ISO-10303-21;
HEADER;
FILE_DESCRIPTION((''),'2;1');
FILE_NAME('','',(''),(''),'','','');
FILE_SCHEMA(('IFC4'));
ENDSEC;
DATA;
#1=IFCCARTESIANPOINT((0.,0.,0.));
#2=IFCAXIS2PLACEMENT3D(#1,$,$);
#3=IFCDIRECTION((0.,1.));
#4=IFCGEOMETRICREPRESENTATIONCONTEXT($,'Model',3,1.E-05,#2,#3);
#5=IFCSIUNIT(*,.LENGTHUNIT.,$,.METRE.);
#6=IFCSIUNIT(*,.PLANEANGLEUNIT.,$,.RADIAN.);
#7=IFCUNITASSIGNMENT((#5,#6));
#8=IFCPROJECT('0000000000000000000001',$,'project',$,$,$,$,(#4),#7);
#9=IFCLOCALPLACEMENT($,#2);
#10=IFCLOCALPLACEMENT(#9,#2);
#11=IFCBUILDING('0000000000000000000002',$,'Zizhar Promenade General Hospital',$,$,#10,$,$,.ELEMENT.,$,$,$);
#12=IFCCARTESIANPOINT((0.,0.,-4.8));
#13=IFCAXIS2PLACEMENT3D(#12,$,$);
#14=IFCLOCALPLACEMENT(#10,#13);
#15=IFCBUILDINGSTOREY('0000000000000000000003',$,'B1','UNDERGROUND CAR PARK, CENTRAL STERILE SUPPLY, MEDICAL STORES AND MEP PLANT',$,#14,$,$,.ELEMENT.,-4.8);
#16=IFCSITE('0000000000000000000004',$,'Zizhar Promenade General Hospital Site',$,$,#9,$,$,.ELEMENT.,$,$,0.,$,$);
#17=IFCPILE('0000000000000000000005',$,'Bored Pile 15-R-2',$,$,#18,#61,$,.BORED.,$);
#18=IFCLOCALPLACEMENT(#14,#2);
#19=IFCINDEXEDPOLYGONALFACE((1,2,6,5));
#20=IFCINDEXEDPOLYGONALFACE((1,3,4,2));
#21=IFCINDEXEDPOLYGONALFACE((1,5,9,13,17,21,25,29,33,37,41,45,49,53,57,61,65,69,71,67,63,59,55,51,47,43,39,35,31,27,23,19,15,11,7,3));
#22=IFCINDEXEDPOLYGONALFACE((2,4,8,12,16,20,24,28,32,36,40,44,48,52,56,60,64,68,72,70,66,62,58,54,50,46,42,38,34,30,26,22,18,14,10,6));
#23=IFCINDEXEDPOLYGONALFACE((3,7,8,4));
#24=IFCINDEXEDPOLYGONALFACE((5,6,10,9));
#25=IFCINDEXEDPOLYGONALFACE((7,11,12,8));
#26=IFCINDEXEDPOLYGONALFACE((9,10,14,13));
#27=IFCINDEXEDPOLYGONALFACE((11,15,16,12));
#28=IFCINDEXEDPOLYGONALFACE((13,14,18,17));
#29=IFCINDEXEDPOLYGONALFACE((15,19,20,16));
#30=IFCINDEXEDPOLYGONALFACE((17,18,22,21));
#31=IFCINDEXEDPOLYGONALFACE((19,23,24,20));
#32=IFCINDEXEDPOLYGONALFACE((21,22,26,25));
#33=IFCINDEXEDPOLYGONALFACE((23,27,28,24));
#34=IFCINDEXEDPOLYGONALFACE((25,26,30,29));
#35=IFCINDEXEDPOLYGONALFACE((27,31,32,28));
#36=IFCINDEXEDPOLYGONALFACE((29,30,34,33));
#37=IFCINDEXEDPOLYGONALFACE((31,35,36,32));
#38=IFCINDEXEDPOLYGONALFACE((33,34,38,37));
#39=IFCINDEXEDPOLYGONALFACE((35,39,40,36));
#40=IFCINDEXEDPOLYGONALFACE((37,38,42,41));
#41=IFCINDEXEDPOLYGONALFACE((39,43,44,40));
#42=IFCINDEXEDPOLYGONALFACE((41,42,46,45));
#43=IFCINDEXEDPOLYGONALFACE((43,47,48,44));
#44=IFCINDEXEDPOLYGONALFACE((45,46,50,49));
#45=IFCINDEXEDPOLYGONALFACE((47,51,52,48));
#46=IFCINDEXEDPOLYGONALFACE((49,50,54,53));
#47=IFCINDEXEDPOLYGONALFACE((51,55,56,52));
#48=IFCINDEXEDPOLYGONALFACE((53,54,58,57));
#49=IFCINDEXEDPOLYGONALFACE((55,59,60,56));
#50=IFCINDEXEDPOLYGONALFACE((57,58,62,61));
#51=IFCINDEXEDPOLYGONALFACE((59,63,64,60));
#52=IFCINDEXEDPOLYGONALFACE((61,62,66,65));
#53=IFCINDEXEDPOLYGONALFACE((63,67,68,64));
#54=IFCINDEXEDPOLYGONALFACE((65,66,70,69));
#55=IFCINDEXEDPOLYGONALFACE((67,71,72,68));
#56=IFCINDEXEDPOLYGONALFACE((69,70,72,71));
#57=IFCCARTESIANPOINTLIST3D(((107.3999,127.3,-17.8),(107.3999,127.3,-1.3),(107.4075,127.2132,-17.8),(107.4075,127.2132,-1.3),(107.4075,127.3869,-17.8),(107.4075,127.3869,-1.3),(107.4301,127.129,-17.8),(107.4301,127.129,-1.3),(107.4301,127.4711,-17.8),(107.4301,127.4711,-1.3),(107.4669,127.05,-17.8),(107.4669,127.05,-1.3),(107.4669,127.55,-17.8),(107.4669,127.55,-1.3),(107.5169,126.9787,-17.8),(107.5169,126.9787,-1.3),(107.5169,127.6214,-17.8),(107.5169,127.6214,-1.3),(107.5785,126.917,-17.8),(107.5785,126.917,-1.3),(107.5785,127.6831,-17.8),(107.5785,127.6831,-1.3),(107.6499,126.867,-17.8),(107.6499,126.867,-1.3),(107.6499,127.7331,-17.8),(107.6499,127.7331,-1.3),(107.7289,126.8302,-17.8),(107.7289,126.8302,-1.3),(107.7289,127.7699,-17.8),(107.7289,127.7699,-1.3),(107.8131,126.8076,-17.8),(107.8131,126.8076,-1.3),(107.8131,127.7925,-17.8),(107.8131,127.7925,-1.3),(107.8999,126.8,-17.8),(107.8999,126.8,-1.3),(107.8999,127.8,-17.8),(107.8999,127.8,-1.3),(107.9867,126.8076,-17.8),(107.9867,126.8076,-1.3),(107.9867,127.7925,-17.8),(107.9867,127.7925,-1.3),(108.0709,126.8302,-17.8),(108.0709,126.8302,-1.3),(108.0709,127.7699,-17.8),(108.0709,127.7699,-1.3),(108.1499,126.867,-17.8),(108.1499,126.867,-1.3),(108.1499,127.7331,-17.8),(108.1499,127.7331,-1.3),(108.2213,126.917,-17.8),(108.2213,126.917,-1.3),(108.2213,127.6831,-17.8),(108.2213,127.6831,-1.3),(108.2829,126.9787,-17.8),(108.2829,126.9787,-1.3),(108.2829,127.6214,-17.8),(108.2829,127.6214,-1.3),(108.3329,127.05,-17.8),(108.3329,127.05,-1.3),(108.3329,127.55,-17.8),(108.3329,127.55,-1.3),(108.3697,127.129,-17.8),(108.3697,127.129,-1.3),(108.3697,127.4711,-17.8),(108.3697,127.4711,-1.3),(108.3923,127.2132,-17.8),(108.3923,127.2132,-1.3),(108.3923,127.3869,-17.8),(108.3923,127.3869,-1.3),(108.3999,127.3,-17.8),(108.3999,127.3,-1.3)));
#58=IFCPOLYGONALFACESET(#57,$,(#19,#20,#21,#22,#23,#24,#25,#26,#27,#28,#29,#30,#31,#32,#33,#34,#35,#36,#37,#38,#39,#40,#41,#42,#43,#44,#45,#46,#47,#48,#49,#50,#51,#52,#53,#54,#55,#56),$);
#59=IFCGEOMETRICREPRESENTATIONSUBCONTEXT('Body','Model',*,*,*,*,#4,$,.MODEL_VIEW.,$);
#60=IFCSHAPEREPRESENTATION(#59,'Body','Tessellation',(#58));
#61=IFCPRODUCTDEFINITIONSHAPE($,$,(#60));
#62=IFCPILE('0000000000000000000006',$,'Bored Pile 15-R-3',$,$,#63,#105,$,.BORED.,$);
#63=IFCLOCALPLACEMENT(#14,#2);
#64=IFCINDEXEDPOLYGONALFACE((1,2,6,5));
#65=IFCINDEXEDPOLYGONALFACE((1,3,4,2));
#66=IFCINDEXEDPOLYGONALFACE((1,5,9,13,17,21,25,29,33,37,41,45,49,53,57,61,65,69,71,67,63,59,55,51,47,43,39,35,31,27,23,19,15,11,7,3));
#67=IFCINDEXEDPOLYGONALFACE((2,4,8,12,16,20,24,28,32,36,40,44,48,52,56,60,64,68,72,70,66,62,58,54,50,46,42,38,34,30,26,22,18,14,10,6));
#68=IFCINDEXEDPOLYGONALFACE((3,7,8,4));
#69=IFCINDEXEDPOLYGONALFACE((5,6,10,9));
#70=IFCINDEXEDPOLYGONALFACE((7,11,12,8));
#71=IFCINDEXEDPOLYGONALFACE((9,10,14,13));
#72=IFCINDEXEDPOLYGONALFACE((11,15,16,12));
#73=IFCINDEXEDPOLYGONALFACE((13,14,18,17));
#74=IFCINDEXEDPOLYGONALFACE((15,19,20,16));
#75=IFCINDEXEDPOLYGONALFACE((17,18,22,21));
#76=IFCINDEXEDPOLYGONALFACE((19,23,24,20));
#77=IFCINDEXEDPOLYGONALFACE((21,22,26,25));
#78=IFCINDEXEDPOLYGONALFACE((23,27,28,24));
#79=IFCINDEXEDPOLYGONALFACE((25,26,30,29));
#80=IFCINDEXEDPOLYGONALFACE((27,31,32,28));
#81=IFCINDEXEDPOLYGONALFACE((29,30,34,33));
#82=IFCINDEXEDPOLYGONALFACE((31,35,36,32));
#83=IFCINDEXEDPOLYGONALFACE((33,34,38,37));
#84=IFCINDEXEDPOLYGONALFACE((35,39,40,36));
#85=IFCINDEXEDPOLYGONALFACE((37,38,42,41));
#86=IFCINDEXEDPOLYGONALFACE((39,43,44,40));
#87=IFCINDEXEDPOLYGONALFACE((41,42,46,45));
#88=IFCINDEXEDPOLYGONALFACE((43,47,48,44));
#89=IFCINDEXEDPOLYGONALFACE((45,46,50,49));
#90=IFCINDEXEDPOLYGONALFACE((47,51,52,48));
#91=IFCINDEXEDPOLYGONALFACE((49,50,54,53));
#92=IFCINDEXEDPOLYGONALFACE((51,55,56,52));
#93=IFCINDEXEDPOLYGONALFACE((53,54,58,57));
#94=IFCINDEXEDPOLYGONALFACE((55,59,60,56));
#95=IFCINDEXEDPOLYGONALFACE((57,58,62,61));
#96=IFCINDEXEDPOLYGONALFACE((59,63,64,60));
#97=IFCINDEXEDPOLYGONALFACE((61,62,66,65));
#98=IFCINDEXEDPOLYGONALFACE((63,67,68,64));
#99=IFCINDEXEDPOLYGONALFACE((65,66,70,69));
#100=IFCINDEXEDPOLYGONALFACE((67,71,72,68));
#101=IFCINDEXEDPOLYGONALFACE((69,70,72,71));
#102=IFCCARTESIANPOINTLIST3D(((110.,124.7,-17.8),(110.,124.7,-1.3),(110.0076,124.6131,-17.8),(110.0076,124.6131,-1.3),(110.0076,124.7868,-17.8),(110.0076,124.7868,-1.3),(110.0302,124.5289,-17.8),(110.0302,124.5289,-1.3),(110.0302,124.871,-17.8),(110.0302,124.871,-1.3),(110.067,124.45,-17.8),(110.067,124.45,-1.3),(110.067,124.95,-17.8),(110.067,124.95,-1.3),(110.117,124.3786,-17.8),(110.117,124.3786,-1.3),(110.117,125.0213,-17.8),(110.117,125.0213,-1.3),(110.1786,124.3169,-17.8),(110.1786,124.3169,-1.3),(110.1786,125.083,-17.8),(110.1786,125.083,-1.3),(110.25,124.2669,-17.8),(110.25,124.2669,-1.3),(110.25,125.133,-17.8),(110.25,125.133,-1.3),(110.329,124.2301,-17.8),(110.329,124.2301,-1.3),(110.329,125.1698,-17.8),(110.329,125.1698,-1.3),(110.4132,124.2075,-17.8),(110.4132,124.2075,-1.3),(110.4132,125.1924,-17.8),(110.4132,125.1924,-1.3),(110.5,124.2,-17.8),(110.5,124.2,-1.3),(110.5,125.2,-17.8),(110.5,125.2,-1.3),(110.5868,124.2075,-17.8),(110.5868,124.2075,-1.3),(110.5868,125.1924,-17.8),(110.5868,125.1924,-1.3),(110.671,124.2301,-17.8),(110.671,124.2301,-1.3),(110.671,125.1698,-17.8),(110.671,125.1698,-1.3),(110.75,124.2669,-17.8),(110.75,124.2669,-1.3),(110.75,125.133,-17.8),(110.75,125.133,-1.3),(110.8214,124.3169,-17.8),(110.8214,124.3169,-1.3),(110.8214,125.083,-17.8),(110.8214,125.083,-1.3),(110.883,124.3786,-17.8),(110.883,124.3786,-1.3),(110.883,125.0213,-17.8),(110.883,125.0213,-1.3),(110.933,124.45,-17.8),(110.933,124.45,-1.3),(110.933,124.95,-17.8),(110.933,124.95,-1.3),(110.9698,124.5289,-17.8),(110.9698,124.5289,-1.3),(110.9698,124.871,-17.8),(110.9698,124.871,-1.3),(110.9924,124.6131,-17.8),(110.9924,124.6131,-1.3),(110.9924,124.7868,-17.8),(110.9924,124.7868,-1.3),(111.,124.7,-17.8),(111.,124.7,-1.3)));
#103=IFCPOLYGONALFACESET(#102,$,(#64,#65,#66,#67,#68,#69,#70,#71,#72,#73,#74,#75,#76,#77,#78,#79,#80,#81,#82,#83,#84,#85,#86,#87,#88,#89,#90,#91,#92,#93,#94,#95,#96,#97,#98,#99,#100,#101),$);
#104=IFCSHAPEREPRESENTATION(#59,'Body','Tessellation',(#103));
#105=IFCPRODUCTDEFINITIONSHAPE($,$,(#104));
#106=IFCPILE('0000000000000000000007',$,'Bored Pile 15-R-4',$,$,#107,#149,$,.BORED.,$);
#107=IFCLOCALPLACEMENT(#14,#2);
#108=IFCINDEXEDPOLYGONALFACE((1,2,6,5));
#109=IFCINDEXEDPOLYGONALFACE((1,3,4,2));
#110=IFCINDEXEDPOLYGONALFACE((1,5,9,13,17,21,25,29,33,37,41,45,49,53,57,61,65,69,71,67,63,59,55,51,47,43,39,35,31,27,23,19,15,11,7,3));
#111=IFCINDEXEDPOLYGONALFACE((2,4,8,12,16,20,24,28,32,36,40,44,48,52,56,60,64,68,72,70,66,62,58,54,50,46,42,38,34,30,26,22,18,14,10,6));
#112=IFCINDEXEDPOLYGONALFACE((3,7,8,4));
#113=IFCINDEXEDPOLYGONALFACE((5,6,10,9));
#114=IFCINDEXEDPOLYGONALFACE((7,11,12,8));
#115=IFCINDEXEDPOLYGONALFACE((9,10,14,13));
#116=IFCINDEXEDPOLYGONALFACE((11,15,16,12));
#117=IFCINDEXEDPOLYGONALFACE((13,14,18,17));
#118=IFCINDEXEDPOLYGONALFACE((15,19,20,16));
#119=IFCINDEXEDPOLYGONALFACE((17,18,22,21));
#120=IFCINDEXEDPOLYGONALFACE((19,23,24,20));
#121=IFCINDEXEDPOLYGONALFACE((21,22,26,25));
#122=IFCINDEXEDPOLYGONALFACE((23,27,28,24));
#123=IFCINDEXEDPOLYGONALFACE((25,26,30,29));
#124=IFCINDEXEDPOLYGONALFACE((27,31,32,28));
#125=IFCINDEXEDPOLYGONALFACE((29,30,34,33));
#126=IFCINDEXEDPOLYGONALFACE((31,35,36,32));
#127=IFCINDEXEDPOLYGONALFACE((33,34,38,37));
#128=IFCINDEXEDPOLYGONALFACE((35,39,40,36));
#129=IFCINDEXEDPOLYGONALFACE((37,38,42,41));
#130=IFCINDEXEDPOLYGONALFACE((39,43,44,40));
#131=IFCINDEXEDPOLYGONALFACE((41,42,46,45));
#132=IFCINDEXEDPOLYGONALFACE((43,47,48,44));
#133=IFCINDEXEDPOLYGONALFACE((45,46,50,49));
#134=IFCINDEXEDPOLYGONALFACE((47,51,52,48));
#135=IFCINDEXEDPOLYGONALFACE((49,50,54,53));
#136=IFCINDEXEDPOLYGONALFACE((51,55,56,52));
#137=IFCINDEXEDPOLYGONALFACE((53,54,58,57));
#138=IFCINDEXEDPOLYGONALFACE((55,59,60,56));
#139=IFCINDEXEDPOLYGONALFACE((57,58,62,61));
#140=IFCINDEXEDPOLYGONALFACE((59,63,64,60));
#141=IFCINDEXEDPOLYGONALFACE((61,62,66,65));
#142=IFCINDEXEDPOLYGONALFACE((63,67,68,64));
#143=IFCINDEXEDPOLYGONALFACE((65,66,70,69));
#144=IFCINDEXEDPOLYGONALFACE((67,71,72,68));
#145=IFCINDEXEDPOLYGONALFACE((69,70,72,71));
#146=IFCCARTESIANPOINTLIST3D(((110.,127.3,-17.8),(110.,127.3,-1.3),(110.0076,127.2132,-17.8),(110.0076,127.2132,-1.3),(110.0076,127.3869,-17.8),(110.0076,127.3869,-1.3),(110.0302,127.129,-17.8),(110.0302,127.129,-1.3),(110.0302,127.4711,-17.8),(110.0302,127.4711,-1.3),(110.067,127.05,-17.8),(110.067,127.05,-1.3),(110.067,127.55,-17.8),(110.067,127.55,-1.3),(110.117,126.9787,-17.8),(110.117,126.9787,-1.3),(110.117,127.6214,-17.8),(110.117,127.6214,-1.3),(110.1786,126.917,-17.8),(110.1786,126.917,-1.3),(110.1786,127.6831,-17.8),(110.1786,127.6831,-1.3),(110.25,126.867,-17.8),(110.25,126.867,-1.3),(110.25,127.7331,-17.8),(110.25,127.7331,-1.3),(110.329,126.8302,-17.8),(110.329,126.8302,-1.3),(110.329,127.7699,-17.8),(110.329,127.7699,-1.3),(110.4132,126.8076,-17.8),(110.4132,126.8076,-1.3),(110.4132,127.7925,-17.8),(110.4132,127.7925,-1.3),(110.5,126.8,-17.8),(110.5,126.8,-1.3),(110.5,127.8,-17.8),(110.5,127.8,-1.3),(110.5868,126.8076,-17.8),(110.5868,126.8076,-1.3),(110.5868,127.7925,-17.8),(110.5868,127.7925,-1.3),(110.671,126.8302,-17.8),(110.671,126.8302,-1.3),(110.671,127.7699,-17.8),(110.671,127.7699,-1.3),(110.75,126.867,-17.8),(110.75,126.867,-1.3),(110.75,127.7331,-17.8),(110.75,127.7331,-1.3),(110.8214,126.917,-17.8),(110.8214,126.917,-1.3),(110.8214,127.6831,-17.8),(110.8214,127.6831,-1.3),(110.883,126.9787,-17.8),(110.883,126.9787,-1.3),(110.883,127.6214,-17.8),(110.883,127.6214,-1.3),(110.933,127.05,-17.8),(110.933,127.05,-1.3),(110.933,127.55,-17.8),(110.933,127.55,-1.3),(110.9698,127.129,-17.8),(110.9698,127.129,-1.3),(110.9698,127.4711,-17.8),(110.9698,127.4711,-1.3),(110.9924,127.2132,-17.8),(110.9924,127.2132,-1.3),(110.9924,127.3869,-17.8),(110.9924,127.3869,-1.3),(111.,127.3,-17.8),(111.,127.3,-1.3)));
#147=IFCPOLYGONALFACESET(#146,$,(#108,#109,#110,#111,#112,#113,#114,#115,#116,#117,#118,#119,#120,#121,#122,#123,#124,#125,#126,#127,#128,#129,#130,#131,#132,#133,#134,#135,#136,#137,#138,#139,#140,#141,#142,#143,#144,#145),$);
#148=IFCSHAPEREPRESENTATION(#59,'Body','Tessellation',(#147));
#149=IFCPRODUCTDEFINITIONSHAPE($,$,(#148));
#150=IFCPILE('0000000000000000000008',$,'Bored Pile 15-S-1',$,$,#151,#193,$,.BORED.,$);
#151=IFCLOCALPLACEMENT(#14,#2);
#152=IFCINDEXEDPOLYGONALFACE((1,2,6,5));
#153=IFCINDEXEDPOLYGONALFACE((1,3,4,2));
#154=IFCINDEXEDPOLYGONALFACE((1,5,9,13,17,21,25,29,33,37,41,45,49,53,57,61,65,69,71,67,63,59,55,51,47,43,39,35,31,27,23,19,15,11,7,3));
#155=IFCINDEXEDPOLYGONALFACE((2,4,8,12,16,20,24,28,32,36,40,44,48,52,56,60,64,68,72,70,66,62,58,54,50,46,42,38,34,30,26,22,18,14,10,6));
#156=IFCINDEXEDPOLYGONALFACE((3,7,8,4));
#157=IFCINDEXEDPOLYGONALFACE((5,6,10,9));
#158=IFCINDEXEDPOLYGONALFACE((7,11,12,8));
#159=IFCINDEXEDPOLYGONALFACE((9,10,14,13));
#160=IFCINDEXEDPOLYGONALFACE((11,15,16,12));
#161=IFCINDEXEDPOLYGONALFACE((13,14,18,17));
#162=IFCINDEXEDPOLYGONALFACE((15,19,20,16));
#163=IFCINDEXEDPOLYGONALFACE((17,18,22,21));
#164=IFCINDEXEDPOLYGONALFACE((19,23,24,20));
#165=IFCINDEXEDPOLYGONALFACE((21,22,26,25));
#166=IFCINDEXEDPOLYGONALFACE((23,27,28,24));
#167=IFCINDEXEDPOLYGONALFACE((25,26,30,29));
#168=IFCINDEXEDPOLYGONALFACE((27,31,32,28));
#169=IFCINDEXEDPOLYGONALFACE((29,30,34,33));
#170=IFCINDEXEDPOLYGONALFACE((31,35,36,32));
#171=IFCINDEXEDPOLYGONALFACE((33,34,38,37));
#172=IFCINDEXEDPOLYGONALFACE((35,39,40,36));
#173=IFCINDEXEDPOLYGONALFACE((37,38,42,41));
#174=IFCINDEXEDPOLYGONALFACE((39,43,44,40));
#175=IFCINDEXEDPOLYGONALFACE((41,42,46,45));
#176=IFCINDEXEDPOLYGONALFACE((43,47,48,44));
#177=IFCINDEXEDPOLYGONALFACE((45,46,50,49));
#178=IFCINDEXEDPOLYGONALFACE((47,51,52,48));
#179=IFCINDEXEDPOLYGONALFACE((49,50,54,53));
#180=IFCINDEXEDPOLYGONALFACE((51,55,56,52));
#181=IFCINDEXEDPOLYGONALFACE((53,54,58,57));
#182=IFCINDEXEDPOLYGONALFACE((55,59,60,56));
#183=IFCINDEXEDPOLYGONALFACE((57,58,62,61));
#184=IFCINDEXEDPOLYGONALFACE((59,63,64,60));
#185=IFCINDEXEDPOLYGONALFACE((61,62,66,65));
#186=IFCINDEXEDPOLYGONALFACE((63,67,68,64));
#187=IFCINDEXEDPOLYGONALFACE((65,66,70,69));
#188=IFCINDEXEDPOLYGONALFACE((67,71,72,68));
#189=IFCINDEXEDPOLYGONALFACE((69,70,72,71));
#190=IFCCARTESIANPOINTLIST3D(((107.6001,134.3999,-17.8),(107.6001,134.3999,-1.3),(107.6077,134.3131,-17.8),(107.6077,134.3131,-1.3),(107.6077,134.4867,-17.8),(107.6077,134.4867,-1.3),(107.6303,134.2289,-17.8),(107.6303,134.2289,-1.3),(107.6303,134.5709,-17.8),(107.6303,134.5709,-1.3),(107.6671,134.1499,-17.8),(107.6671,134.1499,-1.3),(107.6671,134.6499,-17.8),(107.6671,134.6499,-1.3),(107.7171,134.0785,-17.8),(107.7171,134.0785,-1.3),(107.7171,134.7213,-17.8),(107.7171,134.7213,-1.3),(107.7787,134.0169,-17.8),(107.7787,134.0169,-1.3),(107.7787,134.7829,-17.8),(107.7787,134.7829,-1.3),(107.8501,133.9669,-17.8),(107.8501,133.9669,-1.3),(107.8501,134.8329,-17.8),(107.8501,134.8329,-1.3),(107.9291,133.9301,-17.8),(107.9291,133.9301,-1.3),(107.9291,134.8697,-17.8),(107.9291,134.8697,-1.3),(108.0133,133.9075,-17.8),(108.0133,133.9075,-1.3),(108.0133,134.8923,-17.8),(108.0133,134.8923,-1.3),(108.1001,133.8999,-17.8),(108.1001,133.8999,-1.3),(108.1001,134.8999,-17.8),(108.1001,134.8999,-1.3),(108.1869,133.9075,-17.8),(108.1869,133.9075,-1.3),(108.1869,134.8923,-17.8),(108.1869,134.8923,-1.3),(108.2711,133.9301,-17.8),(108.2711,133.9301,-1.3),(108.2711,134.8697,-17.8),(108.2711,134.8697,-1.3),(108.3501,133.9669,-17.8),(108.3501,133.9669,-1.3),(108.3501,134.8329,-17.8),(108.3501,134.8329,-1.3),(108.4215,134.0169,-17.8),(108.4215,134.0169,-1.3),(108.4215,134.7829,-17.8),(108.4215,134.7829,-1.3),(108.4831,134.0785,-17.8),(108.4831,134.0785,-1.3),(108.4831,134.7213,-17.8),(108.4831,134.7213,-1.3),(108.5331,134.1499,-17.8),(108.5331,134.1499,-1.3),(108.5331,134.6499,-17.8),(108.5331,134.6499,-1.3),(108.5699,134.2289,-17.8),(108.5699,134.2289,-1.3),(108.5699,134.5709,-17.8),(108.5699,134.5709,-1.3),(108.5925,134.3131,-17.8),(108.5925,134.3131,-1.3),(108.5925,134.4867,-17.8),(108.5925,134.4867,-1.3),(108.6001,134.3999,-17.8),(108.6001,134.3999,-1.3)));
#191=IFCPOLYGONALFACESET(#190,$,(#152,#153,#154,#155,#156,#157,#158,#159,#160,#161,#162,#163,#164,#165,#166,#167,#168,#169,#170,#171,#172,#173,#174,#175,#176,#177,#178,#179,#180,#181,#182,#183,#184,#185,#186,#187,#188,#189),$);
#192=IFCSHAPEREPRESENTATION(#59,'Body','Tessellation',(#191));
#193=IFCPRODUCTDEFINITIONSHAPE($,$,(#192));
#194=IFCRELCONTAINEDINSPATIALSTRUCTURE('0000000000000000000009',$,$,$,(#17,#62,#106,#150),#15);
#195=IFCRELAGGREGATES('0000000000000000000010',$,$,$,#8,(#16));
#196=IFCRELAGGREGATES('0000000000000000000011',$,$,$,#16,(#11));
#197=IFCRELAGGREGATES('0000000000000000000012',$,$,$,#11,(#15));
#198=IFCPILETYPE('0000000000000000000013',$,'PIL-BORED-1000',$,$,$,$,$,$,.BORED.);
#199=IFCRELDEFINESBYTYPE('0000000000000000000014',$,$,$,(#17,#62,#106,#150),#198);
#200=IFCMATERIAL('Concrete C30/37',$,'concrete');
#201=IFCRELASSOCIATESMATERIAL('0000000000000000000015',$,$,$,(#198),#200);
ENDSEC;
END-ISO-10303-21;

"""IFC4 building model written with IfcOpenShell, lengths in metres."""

from ifc_helpers import new_model, si_unit, direction, frame, origin, origin_2d, place, context, subcontext, project, spatial, circle, extrude, material, material_profile, profile_set, type_object, element, save


model = new_model("IFC4")

# Units and contexts
model_context = context("Model", 3, precision=1e-05, world=origin(), true_north=direction((0.0, 1.0)))
body_context = subcontext(model_context, "Body", "Model", "MODEL_VIEW")
ifc_project = project(units=[si_unit("LENGTHUNIT", "METRE"), si_unit("PLANEANGLEUNIT", "RADIAN")], contexts=[model_context])

# Site, building, storey
site_placement = place(None, origin())
site = spatial("IfcSite", under=ifc_project, at=site_placement, Name="Zizhar Promenade General Hospital Site", CompositionType="ELEMENT", RefElevation=0.0)
building_placement = place(site_placement, origin())
building = spatial("IfcBuilding", under=site, at=building_placement, Name="Zizhar Promenade General Hospital", CompositionType="ELEMENT")
storey_placement = place(building_placement, frame((0.0, 0.0, -4.8)))
storey = spatial("IfcBuildingStorey", under=building, at=storey_placement, Name="B1", Description="UNDERGROUND CAR PARK, CENTRAL STERILE SUPPLY, MEDICAL STORES AND MEP PLANT", CompositionType="ELEMENT", Elevation=-4.8)

# Piles
ifc_material_1 = material(Name="Concrete C30/37", Category="concrete")
ifc_material_profile_1 = material_profile(ifc_material_1, circle(Radius=0.5, at=origin_2d()))
ifc_profile_set_1 = profile_set([ifc_material_profile_1], Name="Concrete C30/37")
pile_type = type_object("IfcPileType", Name="PIL-BORED-1000", PredefinedType="BORED", material=ifc_profile_set_1)
for number, where, z_axis, x_axis, name in (
    (1, (107.8999, 127.3, -1.3), (0.0, 0.0, -1.0), (1.0, 0.0, 0.0), "Bored Pile 15-R-2"),
    (2, (110.5, 124.7, -1.3), (0.0, 0.0, -1.0), (1.0, 0.0, 0.0), "Bored Pile 15-R-3"),
    (3, (110.5, 127.3, -1.3), (0.0, 0.0, -1.0), (1.0, 0.0, 0.0), "Bored Pile 15-R-4"),
    (4, (108.1001, 134.3999, -1.3), (0.0, 0.0, -1.0), (1.0, 0.0, 0.0), "Bored Pile 15-S-1"),
):
    element("IfcPile", number, at=place(storey_placement, frame(where, z_axis=z_axis, x_axis=x_axis)), inside=storey, type_object=pile_type, Name=name, PredefinedType="BORED", context=body_context, shape_type="SweptSolid", body=[
        extrude(circle(Radius=0.5, at=origin_2d()), origin(), (0.0, 0.0, 1.0), 16.5),
    ])

save(model, "model.ifc")
